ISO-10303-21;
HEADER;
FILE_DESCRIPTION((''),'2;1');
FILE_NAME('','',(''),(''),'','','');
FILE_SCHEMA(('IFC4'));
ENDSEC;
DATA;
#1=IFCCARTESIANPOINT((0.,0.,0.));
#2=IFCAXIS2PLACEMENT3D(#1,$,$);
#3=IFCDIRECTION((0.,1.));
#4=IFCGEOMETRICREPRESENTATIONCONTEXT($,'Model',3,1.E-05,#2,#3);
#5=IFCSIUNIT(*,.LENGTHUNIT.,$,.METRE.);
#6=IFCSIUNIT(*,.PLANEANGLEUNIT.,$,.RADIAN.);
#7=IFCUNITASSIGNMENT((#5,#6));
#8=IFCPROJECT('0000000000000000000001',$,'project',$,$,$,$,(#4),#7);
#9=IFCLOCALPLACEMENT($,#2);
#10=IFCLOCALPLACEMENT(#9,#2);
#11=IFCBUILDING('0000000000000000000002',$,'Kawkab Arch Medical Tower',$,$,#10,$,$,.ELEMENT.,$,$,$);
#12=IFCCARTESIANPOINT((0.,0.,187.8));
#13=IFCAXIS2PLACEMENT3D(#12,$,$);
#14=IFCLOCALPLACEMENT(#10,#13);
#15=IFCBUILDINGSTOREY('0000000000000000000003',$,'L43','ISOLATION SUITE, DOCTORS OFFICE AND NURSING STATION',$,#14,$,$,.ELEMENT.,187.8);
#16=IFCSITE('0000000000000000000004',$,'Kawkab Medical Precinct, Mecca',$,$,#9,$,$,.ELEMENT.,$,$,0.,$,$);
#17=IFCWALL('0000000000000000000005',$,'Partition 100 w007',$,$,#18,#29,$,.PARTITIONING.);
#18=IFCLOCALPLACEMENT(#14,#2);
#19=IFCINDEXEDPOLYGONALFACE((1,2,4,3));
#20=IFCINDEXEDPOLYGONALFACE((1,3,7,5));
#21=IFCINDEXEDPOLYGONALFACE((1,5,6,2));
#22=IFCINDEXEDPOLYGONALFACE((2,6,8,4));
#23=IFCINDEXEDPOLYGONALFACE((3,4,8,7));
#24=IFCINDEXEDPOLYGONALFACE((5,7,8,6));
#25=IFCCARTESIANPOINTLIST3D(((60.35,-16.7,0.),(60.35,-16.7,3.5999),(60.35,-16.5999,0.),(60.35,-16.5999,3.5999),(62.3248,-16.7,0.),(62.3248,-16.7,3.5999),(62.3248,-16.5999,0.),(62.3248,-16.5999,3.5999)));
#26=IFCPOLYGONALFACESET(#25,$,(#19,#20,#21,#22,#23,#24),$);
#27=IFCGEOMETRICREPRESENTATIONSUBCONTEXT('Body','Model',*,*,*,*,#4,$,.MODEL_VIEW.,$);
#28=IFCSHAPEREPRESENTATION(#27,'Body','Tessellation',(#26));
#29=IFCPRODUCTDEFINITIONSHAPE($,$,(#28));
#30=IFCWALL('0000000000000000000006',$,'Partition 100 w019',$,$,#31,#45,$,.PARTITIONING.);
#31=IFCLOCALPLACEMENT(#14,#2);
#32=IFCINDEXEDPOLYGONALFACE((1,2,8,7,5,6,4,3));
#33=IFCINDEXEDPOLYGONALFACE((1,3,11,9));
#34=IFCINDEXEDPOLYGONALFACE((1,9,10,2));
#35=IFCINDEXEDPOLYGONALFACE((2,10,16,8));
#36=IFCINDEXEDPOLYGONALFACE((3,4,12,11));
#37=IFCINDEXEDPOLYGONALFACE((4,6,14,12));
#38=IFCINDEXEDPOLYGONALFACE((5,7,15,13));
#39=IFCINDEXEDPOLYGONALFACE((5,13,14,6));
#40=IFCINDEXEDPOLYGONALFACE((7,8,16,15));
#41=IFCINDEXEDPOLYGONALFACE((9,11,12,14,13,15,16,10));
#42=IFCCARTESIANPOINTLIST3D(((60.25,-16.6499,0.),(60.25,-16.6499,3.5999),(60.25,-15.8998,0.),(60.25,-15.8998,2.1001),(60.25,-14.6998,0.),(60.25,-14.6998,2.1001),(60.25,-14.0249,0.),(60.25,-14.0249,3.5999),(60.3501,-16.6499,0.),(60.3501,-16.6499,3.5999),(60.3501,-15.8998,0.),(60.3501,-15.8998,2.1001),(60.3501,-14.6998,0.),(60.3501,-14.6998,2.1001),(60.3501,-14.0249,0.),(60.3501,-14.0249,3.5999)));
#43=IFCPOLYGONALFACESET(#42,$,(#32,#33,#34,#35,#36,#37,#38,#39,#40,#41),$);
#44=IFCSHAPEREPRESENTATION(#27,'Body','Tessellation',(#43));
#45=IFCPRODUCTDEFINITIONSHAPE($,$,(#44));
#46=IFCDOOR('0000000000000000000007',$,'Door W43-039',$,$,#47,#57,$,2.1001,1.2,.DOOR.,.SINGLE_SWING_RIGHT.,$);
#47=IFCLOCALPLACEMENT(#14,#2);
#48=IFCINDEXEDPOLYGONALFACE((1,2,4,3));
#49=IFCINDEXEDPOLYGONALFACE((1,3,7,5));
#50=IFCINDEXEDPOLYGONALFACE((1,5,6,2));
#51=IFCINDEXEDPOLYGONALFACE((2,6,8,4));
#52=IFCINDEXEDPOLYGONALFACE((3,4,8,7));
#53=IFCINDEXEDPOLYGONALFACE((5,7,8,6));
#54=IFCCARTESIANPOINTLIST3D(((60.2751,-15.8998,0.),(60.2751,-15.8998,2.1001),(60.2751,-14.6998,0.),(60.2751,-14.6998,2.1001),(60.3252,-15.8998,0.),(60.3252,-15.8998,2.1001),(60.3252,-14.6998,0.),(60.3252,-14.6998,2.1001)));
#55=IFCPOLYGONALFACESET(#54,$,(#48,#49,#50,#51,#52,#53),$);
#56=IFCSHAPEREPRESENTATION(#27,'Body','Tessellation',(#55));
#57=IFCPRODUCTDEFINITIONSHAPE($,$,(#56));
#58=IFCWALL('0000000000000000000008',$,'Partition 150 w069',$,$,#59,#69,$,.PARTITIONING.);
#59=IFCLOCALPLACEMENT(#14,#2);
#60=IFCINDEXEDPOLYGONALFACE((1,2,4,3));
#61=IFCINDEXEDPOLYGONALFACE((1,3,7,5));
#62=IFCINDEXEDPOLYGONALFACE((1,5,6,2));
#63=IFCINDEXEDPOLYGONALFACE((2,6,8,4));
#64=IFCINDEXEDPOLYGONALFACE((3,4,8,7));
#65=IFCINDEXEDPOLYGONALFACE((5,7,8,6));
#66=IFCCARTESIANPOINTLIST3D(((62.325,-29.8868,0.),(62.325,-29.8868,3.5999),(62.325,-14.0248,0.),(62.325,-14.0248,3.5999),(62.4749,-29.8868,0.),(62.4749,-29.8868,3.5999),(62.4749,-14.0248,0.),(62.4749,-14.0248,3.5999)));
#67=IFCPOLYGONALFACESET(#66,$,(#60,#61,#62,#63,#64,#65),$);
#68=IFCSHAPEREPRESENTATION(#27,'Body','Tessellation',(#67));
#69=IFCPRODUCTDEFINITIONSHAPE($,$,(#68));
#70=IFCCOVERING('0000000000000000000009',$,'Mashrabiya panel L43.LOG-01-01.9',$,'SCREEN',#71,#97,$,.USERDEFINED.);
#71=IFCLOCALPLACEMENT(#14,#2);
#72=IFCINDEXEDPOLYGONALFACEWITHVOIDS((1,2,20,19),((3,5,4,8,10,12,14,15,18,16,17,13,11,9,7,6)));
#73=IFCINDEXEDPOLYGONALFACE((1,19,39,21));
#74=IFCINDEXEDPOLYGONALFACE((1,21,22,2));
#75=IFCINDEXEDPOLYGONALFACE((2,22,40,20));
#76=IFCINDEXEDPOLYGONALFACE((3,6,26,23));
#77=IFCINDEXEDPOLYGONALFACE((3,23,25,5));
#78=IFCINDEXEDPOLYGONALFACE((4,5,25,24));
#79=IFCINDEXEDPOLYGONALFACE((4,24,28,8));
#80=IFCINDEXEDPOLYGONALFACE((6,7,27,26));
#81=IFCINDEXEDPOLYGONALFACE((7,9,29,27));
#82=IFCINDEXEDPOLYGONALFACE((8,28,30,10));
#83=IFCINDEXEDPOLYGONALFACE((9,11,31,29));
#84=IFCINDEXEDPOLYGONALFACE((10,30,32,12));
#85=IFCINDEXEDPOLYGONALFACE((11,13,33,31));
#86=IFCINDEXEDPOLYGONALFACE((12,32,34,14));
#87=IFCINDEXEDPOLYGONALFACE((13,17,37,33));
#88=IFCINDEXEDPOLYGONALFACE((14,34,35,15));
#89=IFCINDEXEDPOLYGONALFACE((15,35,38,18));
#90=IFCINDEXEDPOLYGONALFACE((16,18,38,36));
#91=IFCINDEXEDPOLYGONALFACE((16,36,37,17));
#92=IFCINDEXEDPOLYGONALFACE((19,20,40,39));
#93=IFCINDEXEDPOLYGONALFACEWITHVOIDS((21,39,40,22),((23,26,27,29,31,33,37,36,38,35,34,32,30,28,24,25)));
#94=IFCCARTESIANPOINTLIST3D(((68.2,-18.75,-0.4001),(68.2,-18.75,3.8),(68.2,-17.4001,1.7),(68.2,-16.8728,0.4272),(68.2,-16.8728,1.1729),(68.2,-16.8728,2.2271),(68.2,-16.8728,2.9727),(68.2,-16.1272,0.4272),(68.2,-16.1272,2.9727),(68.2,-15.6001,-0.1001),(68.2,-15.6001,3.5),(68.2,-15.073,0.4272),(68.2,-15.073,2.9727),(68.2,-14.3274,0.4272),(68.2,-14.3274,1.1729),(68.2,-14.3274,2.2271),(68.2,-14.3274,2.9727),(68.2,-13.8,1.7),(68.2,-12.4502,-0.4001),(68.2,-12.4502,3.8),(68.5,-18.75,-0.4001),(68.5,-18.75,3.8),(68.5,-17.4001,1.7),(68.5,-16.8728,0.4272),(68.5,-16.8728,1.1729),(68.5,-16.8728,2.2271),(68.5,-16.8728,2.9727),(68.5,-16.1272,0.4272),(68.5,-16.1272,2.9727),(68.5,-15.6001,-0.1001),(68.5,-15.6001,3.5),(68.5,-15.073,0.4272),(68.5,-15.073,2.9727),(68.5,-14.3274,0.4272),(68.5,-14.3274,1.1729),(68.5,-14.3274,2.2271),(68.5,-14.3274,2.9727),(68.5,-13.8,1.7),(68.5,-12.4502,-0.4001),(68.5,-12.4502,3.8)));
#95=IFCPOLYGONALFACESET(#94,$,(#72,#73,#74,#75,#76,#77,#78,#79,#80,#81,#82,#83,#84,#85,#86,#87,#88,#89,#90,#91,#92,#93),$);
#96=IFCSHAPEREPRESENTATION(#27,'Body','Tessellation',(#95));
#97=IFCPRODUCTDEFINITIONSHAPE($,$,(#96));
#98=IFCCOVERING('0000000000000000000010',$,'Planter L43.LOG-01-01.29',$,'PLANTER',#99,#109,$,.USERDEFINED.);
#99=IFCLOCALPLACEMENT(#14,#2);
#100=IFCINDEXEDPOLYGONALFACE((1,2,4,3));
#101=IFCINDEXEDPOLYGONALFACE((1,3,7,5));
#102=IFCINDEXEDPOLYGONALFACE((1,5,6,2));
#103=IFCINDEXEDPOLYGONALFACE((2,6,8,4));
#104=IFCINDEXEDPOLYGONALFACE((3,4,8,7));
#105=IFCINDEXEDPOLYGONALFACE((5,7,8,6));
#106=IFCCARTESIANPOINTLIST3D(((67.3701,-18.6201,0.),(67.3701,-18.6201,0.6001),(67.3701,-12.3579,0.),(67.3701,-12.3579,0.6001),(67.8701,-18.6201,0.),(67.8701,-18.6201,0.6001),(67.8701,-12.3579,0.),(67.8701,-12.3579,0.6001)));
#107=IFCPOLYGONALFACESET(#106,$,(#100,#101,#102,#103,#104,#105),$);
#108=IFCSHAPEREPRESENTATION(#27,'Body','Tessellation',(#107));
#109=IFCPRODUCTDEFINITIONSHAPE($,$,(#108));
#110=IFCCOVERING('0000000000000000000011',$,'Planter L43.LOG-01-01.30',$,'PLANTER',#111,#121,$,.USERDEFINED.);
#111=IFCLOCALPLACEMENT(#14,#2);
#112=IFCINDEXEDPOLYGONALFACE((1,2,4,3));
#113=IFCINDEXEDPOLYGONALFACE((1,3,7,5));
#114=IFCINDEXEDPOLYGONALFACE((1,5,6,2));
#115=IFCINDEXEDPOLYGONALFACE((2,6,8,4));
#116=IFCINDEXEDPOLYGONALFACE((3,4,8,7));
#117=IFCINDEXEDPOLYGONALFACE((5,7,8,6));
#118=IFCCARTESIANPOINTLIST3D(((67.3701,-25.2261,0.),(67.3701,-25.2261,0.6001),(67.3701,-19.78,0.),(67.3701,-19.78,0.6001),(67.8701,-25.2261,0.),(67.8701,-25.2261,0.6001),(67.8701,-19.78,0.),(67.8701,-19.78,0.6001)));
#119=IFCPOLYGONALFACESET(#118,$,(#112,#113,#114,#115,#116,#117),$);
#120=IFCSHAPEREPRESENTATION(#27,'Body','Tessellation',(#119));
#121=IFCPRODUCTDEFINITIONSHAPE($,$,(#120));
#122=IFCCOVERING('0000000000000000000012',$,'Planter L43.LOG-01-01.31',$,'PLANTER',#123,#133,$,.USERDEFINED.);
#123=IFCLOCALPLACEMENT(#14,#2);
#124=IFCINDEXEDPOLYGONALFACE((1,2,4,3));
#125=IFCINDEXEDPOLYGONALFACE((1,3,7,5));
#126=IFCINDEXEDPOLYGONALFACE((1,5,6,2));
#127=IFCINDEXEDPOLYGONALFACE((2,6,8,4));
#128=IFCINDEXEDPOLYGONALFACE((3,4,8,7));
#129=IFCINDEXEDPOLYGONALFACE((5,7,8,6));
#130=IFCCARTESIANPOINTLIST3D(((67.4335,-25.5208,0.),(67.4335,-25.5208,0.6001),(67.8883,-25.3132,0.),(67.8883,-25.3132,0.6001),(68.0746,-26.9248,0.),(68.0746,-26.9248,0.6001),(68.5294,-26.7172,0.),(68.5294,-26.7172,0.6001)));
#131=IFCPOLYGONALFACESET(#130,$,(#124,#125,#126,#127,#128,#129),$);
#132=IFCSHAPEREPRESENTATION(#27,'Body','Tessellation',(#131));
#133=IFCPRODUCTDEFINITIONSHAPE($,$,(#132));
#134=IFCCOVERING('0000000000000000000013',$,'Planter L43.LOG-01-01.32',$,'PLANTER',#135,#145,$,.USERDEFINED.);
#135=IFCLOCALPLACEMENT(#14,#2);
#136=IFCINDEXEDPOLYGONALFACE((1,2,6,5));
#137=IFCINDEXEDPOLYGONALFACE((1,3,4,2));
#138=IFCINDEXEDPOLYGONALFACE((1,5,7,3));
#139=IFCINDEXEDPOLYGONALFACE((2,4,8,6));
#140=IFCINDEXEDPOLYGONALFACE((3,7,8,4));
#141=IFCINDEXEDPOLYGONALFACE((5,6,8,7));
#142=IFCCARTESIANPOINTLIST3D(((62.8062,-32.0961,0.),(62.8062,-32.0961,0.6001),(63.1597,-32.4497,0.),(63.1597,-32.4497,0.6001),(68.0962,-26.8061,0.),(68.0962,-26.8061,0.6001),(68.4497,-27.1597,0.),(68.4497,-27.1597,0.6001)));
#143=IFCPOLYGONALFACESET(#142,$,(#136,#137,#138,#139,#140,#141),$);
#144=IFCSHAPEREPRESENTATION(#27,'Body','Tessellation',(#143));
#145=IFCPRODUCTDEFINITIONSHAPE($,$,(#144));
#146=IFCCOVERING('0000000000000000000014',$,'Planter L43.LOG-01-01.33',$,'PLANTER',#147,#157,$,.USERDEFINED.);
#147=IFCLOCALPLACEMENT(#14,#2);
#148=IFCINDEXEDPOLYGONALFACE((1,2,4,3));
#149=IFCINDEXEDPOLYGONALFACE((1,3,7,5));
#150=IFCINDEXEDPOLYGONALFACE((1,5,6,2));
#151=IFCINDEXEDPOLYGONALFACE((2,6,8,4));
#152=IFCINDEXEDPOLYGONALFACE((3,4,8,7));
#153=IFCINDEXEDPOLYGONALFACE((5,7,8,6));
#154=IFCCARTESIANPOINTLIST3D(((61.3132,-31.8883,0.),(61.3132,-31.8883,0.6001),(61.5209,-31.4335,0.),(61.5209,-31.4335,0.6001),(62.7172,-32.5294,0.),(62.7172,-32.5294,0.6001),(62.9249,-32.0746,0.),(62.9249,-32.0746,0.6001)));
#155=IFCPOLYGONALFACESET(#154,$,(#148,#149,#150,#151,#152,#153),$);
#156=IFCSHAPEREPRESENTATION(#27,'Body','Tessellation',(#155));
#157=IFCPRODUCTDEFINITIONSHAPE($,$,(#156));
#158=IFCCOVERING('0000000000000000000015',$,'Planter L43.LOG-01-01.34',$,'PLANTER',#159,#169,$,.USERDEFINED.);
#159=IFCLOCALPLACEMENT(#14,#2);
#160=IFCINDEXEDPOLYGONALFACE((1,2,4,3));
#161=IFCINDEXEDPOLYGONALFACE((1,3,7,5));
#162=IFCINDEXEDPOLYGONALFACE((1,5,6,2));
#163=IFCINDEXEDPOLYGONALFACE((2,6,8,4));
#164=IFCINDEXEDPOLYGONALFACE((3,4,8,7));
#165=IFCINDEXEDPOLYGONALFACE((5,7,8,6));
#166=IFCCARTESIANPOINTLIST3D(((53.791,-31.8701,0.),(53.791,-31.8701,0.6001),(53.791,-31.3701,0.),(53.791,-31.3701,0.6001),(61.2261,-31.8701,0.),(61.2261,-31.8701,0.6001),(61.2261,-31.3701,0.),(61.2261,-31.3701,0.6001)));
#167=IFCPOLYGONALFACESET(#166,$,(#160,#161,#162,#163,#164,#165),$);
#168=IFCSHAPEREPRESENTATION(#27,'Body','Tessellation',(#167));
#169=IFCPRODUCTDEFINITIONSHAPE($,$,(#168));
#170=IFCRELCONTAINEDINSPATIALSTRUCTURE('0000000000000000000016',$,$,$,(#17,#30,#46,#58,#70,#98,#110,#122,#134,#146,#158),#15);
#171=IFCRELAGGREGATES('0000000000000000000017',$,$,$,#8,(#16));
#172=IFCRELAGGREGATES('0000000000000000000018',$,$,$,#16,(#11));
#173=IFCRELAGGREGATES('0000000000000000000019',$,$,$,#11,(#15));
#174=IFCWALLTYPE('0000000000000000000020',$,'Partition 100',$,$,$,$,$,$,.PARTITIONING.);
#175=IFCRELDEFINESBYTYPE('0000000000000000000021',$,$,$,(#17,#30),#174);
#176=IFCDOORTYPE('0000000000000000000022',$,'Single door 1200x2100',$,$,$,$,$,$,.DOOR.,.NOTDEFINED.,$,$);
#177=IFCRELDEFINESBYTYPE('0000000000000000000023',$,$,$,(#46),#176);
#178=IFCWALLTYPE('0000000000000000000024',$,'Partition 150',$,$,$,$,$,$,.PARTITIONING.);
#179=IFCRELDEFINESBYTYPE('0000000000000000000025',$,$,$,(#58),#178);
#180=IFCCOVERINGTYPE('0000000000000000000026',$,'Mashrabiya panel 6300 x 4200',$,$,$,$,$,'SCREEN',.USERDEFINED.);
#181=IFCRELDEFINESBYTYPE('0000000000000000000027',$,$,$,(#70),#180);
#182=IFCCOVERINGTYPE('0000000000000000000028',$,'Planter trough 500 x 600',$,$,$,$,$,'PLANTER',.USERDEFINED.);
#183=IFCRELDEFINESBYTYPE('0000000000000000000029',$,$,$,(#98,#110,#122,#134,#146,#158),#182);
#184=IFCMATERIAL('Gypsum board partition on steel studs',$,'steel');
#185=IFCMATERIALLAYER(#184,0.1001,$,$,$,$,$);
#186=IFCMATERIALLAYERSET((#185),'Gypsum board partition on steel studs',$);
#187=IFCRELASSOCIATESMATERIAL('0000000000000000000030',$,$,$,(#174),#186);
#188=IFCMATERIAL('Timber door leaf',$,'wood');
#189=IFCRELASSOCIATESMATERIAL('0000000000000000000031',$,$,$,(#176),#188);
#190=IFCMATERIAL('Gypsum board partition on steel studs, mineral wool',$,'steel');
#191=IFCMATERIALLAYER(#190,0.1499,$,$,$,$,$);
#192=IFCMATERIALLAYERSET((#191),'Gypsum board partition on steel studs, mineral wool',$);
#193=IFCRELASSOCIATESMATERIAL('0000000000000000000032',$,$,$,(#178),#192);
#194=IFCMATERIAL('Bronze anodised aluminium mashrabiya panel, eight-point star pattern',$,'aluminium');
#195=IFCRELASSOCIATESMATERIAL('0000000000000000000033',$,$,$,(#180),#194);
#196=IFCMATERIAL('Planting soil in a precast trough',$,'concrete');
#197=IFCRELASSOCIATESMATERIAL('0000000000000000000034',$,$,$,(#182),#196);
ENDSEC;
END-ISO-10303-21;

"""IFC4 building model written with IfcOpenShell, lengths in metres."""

from ifc_helpers import new_model, si_unit, direction, frame, frame_2d, origin, origin_2d, place, context, subcontext, project, spatial, polyline, rectangle, outline, extrude, material, layer, layer_set, material_profile, profile_set, type_object, element, fill, save


model = new_model("IFC4")

# Units and contexts
model_context = context("Model", 3, precision=1e-05, world=origin(), true_north=direction((0.0, 1.0)))
body_context = subcontext(model_context, "Body", "Model", "MODEL_VIEW")
ifc_project = project(units=[si_unit("LENGTHUNIT", "METRE"), si_unit("PLANEANGLEUNIT", "RADIAN")], contexts=[model_context])

# Site, building, storey
site_placement = place(None, origin())
site = spatial("IfcSite", under=ifc_project, at=site_placement, Name="Kawkab Medical Precinct, Mecca", CompositionType="ELEMENT", RefElevation=0.0)
building_placement = place(site_placement, origin())
building = spatial("IfcBuilding", under=site, at=building_placement, Name="Kawkab Arch Medical Tower", CompositionType="ELEMENT")
storey_placement = place(building_placement, frame((0.0, 0.0, 187.8)))
storey = spatial("IfcBuildingStorey", under=building, at=storey_placement, Name="L43", Description="ISOLATION SUITE, DOCTORS OFFICE AND NURSING STATION", CompositionType="ELEMENT", Elevation=187.8)

# Wall
ifc_material_1 = material(Name="Gypsum board partition on steel studs", Category="steel")
ifc_layer_1 = layer(ifc_material_1, 0.1001)
ifc_layer_set_1 = layer_set([ifc_layer_1], Name="Gypsum board partition on steel studs")
wall_type_1 = type_object("IfcWallType", Name="Partition 100", PredefinedType="PARTITIONING", material=ifc_layer_set_1)
wall_1_placement = place(storey_placement, frame((60.3501, -16.6499, 0.0), z_axis=(0.0, 0.0, 1.0), x_axis=(1.0, 0.0, 0.0)))
element("IfcWall", 1, at=wall_1_placement, inside=storey, type_object=wall_type_1, Name="Partition 100 w007", PredefinedType="PARTITIONING", context=body_context, shape_type="SweptSolid", body=[
    extrude(rectangle(XDim=1.9749, YDim=0.1001, at=frame_2d((0.9873, 0.0))), origin(), (0.0, 0.0, 1.0), 3.5999),
])

# Wall, opening, door
wall_2_placement = place(storey_placement, frame((60.3, -16.6499, 0.0), z_axis=(0.0, 0.0, 1.0), x_axis=(0.0, 1.0, 0.0)))
wall_2 = element("IfcWall", 2, at=wall_2_placement, inside=storey, type_object=wall_type_1, Name="Partition 100 w019", PredefinedType="PARTITIONING", context=body_context, shape_type="SweptSolid", body=[
    extrude(rectangle(XDim=2.625, YDim=0.1001, at=frame_2d((1.3125, 0.0))), origin(), (0.0, 0.0, 1.0), 3.5999),
])
opening_placement = place(wall_2_placement, frame((0.75, 0.0, 0.0)))
opening = element("IfcOpeningElement", 3, at=opening_placement, cuts=wall_2, PredefinedType="OPENING", context=body_context, shape_type="SweptSolid", body=[
    extrude(rectangle(XDim=1.2, YDim=2.1001, at=frame_2d((0.6001, 1.05))), frame((0.0, 0.0601, 0.0), z_axis=(0.0, -1.0, 0.0), x_axis=(1.0, 0.0, 0.0)), (0.0, 0.0, 1.0), 0.1201),
])
ifc_material_2 = material(Name="Timber door leaf", Category="wood")
door_type = type_object("IfcDoorType", Name="Single door 1200x2100", OperationType="NOTDEFINED", PredefinedType="DOOR", material=ifc_material_2)
door_placement = place(opening_placement, origin())
door = element("IfcDoor", 4, at=door_placement, inside=storey, type_object=door_type, Name="Door W43-039", OperationType="SINGLE_SWING_RIGHT", OverallHeight=2.1001, OverallWidth=1.2, PredefinedType="DOOR", context=body_context, shape_type="SweptSolid", body=[
    extrude(rectangle(XDim=1.2, YDim=2.1001, at=frame_2d((0.6001, 1.05))), frame((0.0, 0.0249, 0.0), z_axis=(0.0, -1.0, 0.0), x_axis=(1.0, 0.0, 0.0)), (0.0, 0.0, 1.0), 0.05),
])
fill(opening, door)

# Wall
ifc_material_3 = material(Name="Gypsum board partition on steel studs, mineral wool", Category="steel")
ifc_layer_2 = layer(ifc_material_3, 0.1499)
ifc_layer_set_2 = layer_set([ifc_layer_2], Name="Gypsum board partition on steel studs, mineral wool")
wall_type_2 = type_object("IfcWallType", Name="Partition 150", PredefinedType="PARTITIONING", material=ifc_layer_set_2)
wall_3_placement = place(storey_placement, frame((62.3999, -29.887, 0.0), z_axis=(0.0, 0.0, 1.0), x_axis=(0.0, 1.0, 0.0)))
element("IfcWall", 5, at=wall_3_placement, inside=storey, type_object=wall_type_2, Name="Partition 150 w069", PredefinedType="PARTITIONING", context=body_context, shape_type="SweptSolid", body=[
    extrude(rectangle(XDim=15.8621, YDim=0.1499, at=frame_2d((7.9312, 0.0))), origin(), (0.0, 0.0, 1.0), 3.5999),
])

# Coverings
ifc_material_4 = material(Name="Bronze anodised aluminium mashrabiya panel, eight-point star pattern", Category="aluminium")
ifc_material_profile_1 = material_profile(ifc_material_4, outline(polyline([(-3.1499, -2.1001), (3.1499, -2.1001), (3.1499, 2.1001), (-3.1499, 2.1001), (-3.1499, -2.1001)]), holes=[polyline([(1.8, 0.0), (1.2727, 0.5271), (1.2727, 1.2727), (0.5271, 1.2727), (0.0, 1.8), (-0.5271, 1.2727), (-1.2727, 1.2727), (-1.2727, 0.5271), (-1.8, 0.0), (-1.2727, -0.5271), (-1.2727, -1.2727), (-0.5271, -1.2727), (0.0, -1.8), (0.5271, -1.2727), (1.2727, -1.2727), (1.2727, -0.5271), (1.8, 0.0)])]), Name="Mashrabiya panel 6300x4200")
ifc_profile_set_1 = profile_set([ifc_material_profile_1], Name="Bronze anodised aluminium mashrabiya panel, eight-point star pattern")
covering_type_1 = type_object("IfcCoveringType", Name="Mashrabiya panel 6300 x 4200", ElementType="SCREEN", PredefinedType="USERDEFINED", material=ifc_profile_set_1)
covering_1_placement = place(storey_placement, frame((68.2, -15.6001, 1.7), z_axis=(1.0, 0.0, 0.0), x_axis=(0.0, 1.0, 0.0)))
element("IfcCovering", 6, at=covering_1_placement, inside=storey, type_object=covering_type_1, Name="Mashrabiya panel L43.LOG-01-01.9", ObjectType="SCREEN", PredefinedType="USERDEFINED", context=body_context, shape_type="SweptSolid", body=[
    extrude(outline(polyline([(-3.1499, -2.1001), (3.1499, -2.1001), (3.1499, 2.1001), (-3.1499, 2.1001), (-3.1499, -2.1001)]), holes=[polyline([(1.8, 0.0), (1.2727, 0.5271), (1.2727, 1.2727), (0.5271, 1.2727), (0.0, 1.8), (-0.5271, 1.2727), (-1.2727, 1.2727), (-1.2727, 0.5271), (-1.8, 0.0), (-1.2727, -0.5271), (-1.2727, -1.2727), (-0.5271, -1.2727), (0.0, -1.8), (0.5271, -1.2727), (1.2727, -1.2727), (1.2727, -0.5271), (1.8, 0.0)])]), origin(), (0.0, 0.0, 1.0), 0.3),
])
ifc_material_5 = material(Name="Planting soil in a precast trough", Category="concrete")
ifc_material_profile_2 = material_profile(ifc_material_5, rectangle(XDim=0.5, YDim=0.6001, at=origin_2d()), Name="Trough 500x600")
ifc_profile_set_2 = profile_set([ifc_material_profile_2], Name="Planting soil in a precast trough")
covering_type_2 = type_object("IfcCoveringType", Name="Planter trough 500 x 600", ElementType="PLANTER", PredefinedType="USERDEFINED", material=ifc_profile_set_2)
covering_2_placement = place(storey_placement, frame((67.6201, -12.3579, 0.3), z_axis=(0.0, -1.0, 0.0), x_axis=(1.0, 0.0, 0.0)))
element("IfcCovering", 7, at=covering_2_placement, inside=storey, type_object=covering_type_2, Name="Planter L43.LOG-01-01.29", ObjectType="PLANTER", PredefinedType="USERDEFINED", context=body_context, shape_type="SweptSolid", body=[
    extrude(rectangle(XDim=0.5, YDim=0.6001, at=origin_2d()), origin(), (0.0, 0.0, 1.0), 6.2622),
])
covering_3_placement = place(storey_placement, frame((67.6201, -19.78, 0.3), z_axis=(0.0, -1.0, 0.0), x_axis=(1.0, 0.0, 0.0)))
element("IfcCovering", 8, at=covering_3_placement, inside=storey, type_object=covering_type_2, Name="Planter L43.LOG-01-01.30", ObjectType="PLANTER", PredefinedType="USERDEFINED", context=body_context, shape_type="SweptSolid", body=[
    extrude(rectangle(XDim=0.5, YDim=0.6001, at=origin_2d()), origin(), (0.0, 0.0, 1.0), 5.446),
])
covering_4_placement = place(storey_placement, frame((67.6609, -25.417, 0.3), z_axis=(0.415363, -0.909656, 0.0), x_axis=(0.909656, 0.415363, 0.0)))
element("IfcCovering", 9, at=covering_4_placement, inside=storey, type_object=covering_type_2, Name="Planter L43.LOG-01-01.31", ObjectType="PLANTER", PredefinedType="USERDEFINED", context=body_context, shape_type="SweptSolid", body=[
    extrude(rectangle(XDim=0.5, YDim=0.6001, at=origin_2d()), origin(), (0.0, 0.0, 1.0), 1.5435),
])
covering_5_placement = place(storey_placement, frame((68.2729, -26.9829, 0.3), z_axis=(-0.707107, -0.707107, 0.0), x_axis=(0.707107, -0.707107, 0.0)))
element("IfcCovering", 10, at=covering_5_placement, inside=storey, type_object=covering_type_2, Name="Planter L43.LOG-01-01.32", ObjectType="PLANTER", PredefinedType="USERDEFINED", context=body_context, shape_type="SweptSolid", body=[
    extrude(rectangle(XDim=0.5, YDim=0.6001, at=origin_2d()), origin(), (0.0, 0.0, 1.0), 7.4812),
])
covering_6_placement = place(storey_placement, frame((62.821, -32.302, 0.3), z_axis=(-0.909656, 0.415363, 0.0), x_axis=(-0.415363, -0.909656, 0.0)))
element("IfcCovering", 11, at=covering_6_placement, inside=storey, type_object=covering_type_2, Name="Planter L43.LOG-01-01.33", ObjectType="PLANTER", PredefinedType="USERDEFINED", context=body_context, shape_type="SweptSolid", body=[
    extrude(rectangle(XDim=0.5, YDim=0.6001, at=origin_2d()), origin(), (0.0, 0.0, 1.0), 1.5435),
])
covering_7_placement = place(storey_placement, frame((61.2261, -31.6201, 0.3), z_axis=(-1.0, 0.0, 0.0), x_axis=(0.0, -1.0, 0.0)))
element("IfcCovering", 12, at=covering_7_placement, inside=storey, type_object=covering_type_2, Name="Planter L43.LOG-01-01.34", ObjectType="PLANTER", PredefinedType="USERDEFINED", context=body_context, shape_type="SweptSolid", body=[
    extrude(rectangle(XDim=0.5, YDim=0.6001, at=origin_2d()), origin(), (0.0, 0.0, 1.0), 7.4351),
])

save(model, "model.ifc")
